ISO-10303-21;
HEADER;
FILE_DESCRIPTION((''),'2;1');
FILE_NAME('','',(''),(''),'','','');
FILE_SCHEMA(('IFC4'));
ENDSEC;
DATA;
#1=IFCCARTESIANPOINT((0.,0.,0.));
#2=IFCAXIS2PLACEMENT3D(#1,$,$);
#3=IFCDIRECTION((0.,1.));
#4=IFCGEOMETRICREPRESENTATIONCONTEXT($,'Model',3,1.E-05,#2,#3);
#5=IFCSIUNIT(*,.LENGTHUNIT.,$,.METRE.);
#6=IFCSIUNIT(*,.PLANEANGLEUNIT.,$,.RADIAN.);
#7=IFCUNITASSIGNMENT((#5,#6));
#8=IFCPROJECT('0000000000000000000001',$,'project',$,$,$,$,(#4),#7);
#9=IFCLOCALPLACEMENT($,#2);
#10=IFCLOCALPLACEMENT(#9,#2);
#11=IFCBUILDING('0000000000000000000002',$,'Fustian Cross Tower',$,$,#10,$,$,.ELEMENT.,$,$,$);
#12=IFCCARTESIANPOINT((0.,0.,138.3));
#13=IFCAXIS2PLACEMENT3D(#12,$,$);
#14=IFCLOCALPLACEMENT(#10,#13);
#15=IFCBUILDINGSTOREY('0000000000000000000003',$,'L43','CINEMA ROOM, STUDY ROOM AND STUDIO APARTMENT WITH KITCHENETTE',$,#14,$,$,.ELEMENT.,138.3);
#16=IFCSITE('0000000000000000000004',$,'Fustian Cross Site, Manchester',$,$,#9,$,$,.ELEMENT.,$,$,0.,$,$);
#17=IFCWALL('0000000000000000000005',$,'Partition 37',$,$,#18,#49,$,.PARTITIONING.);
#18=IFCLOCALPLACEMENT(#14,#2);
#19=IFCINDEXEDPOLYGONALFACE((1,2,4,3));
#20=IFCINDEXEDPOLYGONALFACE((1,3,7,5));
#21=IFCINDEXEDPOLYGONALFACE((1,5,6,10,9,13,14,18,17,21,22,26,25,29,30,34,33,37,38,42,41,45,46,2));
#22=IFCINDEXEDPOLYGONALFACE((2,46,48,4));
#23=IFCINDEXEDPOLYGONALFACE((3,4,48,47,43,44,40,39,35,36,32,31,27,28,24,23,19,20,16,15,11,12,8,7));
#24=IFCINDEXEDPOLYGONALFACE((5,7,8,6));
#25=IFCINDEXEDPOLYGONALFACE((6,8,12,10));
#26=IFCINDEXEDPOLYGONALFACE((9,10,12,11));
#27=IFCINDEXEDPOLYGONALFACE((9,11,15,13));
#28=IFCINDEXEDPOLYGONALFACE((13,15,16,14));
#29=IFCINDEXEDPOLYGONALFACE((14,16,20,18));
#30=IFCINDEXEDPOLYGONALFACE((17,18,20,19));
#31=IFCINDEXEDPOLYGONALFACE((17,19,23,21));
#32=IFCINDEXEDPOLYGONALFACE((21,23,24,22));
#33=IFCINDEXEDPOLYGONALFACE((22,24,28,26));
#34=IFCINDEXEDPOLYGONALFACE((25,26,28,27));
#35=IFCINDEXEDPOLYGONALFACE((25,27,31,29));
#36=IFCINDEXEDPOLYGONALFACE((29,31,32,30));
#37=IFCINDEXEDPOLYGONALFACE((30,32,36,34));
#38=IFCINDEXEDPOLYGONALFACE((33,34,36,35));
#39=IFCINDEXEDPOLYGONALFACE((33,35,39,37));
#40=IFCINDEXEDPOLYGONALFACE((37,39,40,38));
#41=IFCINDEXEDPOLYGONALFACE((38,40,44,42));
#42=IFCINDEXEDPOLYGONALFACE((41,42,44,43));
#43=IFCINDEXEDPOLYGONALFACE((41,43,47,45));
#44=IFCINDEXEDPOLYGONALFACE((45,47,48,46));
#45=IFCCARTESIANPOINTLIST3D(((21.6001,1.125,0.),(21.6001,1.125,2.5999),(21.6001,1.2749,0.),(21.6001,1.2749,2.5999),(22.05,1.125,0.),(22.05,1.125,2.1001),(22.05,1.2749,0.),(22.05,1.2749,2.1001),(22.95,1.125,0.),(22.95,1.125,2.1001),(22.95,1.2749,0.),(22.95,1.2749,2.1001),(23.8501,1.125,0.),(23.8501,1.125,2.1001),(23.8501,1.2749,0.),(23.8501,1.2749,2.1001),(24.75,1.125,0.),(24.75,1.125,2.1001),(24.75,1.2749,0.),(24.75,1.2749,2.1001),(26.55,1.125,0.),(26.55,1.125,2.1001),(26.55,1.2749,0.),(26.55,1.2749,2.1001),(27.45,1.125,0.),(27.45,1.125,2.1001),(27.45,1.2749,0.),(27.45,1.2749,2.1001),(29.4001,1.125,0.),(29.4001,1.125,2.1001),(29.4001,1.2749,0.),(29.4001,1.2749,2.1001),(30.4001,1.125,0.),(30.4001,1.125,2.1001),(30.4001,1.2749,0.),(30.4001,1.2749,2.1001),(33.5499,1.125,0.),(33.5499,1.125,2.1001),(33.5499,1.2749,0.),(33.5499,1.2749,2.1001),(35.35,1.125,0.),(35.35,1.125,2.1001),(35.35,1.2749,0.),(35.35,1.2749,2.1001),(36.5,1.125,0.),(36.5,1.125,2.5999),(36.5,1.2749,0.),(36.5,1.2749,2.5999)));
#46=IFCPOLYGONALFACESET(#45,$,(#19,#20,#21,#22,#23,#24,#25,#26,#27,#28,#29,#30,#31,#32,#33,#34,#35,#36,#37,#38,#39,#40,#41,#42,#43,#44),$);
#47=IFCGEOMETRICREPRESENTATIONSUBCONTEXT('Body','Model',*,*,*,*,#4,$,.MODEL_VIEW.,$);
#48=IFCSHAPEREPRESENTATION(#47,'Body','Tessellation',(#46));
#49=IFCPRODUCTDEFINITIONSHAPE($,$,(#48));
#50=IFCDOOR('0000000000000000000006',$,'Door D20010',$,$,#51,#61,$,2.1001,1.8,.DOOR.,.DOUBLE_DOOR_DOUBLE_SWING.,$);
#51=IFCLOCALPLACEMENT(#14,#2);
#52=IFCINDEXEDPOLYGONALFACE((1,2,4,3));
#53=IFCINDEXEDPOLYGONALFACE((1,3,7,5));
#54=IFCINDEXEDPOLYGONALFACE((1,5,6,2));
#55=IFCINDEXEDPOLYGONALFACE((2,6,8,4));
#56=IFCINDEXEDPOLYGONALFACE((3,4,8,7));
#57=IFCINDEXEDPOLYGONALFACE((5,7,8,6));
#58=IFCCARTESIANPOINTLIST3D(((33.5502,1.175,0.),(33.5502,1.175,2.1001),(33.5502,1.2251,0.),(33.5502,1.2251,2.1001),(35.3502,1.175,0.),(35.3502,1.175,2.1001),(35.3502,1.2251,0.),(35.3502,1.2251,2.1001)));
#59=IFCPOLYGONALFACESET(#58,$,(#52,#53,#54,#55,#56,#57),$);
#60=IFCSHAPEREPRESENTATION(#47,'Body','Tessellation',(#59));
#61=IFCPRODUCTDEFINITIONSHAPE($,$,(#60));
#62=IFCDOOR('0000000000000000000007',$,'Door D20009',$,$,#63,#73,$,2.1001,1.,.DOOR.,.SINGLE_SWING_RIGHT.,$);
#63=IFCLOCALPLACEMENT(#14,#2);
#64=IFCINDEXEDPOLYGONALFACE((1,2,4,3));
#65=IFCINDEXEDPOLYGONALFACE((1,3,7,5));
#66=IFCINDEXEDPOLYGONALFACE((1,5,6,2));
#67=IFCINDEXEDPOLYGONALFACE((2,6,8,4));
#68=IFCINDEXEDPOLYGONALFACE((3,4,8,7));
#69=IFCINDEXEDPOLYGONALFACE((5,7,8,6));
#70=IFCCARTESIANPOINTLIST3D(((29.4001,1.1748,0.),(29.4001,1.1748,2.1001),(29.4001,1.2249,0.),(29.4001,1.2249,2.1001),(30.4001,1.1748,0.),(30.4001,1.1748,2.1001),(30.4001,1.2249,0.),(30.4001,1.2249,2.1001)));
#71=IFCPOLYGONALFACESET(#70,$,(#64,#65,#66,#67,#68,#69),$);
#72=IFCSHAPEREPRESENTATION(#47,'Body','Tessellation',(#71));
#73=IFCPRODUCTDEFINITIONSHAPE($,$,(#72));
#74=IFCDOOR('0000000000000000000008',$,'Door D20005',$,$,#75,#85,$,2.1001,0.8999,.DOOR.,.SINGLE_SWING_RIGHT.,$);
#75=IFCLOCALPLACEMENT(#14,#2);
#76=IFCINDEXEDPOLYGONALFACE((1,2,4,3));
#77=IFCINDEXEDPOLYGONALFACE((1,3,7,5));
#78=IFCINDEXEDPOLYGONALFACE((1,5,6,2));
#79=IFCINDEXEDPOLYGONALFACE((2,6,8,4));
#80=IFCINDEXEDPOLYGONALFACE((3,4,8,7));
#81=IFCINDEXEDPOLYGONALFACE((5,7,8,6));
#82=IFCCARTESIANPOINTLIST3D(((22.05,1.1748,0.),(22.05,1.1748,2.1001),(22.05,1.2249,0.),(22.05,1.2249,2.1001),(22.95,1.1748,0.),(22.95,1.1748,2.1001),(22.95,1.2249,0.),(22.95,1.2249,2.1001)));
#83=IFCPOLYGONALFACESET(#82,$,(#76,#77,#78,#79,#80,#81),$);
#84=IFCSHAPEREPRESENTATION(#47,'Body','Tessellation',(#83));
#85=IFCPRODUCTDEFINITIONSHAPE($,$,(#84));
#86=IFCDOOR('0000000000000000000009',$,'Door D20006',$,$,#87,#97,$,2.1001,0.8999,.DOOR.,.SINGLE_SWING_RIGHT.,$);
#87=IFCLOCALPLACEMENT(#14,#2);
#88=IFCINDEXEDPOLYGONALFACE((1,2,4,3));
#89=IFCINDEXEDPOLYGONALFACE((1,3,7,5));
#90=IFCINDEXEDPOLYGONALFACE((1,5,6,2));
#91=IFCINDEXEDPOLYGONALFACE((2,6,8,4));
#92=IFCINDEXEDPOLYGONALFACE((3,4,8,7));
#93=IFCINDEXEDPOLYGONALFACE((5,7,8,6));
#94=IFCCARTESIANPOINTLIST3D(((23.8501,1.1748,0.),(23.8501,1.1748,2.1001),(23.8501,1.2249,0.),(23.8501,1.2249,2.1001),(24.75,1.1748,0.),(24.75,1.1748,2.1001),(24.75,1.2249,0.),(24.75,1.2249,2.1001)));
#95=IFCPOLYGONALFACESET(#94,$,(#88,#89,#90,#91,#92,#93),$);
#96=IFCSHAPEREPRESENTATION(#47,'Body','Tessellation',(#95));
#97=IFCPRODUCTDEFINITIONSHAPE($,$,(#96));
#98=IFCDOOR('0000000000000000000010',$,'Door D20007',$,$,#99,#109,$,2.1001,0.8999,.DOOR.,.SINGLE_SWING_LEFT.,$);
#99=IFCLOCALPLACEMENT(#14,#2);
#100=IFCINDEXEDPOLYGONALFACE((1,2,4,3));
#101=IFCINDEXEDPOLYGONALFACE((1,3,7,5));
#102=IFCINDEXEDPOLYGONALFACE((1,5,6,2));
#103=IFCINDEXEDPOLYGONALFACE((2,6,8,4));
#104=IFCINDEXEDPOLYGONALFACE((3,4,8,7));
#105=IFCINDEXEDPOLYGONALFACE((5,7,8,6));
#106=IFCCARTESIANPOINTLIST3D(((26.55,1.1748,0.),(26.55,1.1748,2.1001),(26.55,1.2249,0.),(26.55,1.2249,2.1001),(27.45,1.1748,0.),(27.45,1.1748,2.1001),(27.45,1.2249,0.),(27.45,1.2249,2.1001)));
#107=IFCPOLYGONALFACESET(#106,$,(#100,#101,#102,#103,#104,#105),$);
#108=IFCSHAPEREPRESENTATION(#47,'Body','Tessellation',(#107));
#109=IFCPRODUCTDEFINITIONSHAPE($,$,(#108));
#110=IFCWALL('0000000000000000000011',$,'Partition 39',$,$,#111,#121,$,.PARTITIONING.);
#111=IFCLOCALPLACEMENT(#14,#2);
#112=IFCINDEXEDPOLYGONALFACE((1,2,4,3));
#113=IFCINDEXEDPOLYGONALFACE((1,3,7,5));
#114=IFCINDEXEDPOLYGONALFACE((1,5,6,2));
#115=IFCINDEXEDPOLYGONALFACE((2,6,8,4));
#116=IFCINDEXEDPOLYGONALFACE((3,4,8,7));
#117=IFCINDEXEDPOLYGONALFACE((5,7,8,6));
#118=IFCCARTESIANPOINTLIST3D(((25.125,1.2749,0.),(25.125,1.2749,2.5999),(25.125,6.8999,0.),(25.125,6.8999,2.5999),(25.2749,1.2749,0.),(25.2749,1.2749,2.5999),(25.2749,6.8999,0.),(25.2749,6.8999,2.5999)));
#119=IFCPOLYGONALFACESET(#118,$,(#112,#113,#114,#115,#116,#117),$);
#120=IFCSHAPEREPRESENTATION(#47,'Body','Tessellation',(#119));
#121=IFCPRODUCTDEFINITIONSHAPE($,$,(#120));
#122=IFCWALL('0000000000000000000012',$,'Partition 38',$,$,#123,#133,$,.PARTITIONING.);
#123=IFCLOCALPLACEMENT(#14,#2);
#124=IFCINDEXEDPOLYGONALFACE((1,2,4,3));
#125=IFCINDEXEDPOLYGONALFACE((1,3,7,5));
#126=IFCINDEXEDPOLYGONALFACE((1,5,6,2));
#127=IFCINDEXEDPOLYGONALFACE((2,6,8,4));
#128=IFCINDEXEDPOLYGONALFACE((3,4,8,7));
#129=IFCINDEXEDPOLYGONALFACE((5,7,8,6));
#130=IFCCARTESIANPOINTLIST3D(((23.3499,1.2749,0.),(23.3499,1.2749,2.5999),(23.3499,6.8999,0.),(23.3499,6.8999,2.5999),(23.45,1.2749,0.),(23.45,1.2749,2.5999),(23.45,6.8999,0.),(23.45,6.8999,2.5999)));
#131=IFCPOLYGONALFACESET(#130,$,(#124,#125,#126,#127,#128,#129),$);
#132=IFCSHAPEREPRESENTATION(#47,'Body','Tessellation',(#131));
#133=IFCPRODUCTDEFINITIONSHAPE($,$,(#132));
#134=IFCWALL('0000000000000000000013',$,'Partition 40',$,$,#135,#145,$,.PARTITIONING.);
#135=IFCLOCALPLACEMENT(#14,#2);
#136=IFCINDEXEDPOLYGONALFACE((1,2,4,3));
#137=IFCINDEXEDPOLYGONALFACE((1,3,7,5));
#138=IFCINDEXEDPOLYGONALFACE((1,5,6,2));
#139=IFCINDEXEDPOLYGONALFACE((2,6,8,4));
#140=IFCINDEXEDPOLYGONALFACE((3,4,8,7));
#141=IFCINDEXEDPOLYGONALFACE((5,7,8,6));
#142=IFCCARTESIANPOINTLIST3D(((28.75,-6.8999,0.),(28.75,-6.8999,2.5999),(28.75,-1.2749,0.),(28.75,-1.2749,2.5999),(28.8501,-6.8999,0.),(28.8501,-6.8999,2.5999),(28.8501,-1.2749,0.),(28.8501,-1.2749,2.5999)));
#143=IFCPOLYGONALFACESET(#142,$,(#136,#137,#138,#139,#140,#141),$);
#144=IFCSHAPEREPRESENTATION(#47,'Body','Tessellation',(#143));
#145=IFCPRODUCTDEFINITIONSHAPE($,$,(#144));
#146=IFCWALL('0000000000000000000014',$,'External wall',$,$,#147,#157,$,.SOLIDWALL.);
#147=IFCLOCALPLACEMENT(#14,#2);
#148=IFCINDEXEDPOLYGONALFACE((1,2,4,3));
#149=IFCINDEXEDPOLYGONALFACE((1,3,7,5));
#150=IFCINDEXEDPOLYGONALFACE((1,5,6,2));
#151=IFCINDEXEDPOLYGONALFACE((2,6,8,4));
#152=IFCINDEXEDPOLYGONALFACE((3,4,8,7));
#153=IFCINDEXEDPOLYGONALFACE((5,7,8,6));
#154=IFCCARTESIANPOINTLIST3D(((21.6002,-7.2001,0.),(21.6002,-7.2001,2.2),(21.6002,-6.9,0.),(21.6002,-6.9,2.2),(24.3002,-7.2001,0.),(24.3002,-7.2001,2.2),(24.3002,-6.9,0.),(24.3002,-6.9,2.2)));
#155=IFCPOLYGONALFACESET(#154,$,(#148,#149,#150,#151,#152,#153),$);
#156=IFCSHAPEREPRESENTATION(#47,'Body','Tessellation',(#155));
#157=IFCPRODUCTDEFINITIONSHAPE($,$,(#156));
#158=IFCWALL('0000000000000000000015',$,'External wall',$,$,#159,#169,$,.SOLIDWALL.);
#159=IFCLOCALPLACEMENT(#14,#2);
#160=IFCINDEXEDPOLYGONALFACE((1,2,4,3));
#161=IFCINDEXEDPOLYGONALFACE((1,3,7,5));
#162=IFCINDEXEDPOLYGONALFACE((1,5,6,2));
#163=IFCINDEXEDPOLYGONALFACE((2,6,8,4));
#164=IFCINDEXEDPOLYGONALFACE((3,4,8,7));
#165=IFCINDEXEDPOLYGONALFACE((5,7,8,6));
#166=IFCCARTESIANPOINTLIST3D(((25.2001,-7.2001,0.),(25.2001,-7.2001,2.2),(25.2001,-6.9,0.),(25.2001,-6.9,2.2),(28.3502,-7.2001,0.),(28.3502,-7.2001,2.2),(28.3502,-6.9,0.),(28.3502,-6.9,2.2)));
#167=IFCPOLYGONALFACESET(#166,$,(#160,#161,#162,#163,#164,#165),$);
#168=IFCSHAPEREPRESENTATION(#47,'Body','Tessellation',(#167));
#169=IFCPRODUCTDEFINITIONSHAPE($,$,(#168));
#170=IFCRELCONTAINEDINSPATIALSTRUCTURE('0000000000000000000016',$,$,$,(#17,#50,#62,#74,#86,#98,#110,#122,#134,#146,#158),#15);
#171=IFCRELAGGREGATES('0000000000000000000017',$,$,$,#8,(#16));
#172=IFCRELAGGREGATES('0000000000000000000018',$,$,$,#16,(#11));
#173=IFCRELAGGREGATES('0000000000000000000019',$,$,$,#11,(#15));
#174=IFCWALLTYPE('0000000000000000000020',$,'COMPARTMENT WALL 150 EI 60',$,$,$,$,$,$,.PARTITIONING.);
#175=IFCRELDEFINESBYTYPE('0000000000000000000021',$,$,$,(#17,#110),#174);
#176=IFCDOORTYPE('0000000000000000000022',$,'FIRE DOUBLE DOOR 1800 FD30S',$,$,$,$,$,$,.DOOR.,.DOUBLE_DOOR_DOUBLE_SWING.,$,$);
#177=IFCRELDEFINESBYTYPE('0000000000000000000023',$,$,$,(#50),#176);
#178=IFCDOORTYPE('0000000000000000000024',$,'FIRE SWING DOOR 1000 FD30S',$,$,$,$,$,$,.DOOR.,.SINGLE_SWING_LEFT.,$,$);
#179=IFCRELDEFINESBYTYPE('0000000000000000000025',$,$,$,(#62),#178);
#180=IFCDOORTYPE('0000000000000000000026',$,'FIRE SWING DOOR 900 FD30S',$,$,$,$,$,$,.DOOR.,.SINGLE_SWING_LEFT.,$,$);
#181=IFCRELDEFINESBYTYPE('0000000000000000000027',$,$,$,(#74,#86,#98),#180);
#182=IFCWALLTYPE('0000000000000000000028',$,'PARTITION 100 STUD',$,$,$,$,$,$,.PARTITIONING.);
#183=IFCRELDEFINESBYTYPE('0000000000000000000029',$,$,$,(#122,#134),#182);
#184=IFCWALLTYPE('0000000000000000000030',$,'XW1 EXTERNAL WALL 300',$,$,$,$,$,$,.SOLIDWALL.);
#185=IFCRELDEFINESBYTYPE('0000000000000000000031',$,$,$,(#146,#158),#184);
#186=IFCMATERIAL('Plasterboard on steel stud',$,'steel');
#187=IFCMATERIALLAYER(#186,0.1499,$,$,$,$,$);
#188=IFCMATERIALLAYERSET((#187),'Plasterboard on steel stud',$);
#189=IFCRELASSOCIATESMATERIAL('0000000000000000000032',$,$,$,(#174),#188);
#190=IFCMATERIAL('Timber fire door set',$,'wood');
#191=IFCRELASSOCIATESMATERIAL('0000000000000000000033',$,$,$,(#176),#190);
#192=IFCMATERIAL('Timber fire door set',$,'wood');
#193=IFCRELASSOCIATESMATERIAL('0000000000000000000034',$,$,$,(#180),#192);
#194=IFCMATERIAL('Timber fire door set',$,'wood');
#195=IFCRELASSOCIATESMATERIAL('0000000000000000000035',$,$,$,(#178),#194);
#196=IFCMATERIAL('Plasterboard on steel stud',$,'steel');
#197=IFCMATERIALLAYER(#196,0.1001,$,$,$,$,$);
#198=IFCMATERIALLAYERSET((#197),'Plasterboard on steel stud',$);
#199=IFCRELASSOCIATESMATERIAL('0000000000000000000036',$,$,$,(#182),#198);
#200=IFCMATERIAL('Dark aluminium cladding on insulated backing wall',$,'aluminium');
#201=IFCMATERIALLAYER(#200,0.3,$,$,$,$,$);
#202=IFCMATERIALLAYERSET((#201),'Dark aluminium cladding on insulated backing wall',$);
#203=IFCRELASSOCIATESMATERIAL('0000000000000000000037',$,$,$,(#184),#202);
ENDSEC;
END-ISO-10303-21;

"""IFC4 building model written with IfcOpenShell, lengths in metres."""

from ifc_helpers import new_model, si_unit, direction, frame, frame_2d, origin, place, context, subcontext, project, spatial, rectangle, extrude, material, layer, layer_set, type_object, element, fill, save


model = new_model("IFC4")

# Units and contexts
model_context = context("Model", 3, precision=1e-05, world=origin(), true_north=direction((0.0, 1.0)))
body_context = subcontext(model_context, "Body", "Model", "MODEL_VIEW")
ifc_project = project(units=[si_unit("LENGTHUNIT", "METRE"), si_unit("PLANEANGLEUNIT", "RADIAN")], contexts=[model_context])

# Site, building, storey
site_placement = place(None, origin())
site = spatial("IfcSite", under=ifc_project, at=site_placement, Name="Fustian Cross Site, Manchester", CompositionType="ELEMENT", RefElevation=0.0)
building_placement = place(site_placement, origin())
building = spatial("IfcBuilding", under=site, at=building_placement, Name="Fustian Cross Tower", CompositionType="ELEMENT")
storey_placement = place(building_placement, frame((0.0, 0.0, 138.3)))
storey = spatial("IfcBuildingStorey", under=building, at=storey_placement, Name="L43", Description="CINEMA ROOM, STUDY ROOM AND STUDIO APARTMENT WITH KITCHENETTE", CompositionType="ELEMENT", Elevation=138.3)

# Wall, openings, doors
ifc_material_1 = material(Name="Plasterboard on steel stud", Category="steel")
ifc_layer_1 = layer(ifc_material_1, 0.1499)
ifc_layer_set_1 = layer_set([ifc_layer_1], Name="Plasterboard on steel stud")
wall_type_1 = type_object("IfcWallType", Name="COMPARTMENT WALL 150 EI 60", PredefinedType="PARTITIONING", material=ifc_layer_set_1)
ifc_material_2 = material(Name="Timber fire door set", Category="wood")
door_type_1 = type_object("IfcDoorType", Name="FIRE DOUBLE DOOR 1800 FD30S", OperationType="DOUBLE_DOOR_DOUBLE_SWING", PredefinedType="DOOR", material=ifc_material_2)
ifc_material_3 = material(Name="Timber fire door set", Category="wood")
door_type_2 = type_object("IfcDoorType", Name="FIRE SWING DOOR 900 FD30S", OperationType="SINGLE_SWING_LEFT", PredefinedType="DOOR", material=ifc_material_3)
wall_1_placement = place(storey_placement, frame((21.6001, 1.2, 0.0), z_axis=(0.0, 0.0, 1.0), x_axis=(1.0, 0.0, 0.0)))
wall_1 = element("IfcWall", 1, at=wall_1_placement, inside=storey, type_object=wall_type_1, Name="Partition 37", PredefinedType="PARTITIONING", context=body_context, shape_type="SweptSolid", body=[
    extrude(rectangle(XDim=14.8999, YDim=0.1499, at=frame_2d((7.45, 0.0))), origin(), (0.0, 0.0, 1.0), 2.5999),
])
opening_1_placement = place(wall_1_placement, frame((0.45, 0.0, 0.0)))
opening_1 = element("IfcOpeningElement", 2, at=opening_1_placement, cuts=wall_1, PredefinedType="OPENING", context=body_context, shape_type="SweptSolid", body=[
    extrude(rectangle(XDim=0.8999, YDim=2.1001, at=frame_2d((0.45, 1.05))), frame((0.0, 0.085, 0.0), z_axis=(0.0, -1.0, 0.0), x_axis=(1.0, 0.0, 0.0)), (0.0, 0.0, 1.0), 0.1699),
])
opening_2_placement = place(wall_1_placement, frame((2.25, 0.0, 0.0)))
opening_2 = element("IfcOpeningElement", 3, at=opening_2_placement, cuts=wall_1, PredefinedType="OPENING", context=body_context, shape_type="SweptSolid", body=[
    extrude(rectangle(XDim=0.8999, YDim=2.1001, at=frame_2d((0.45, 1.05))), frame((0.0, 0.085, 0.0), z_axis=(0.0, -1.0, 0.0), x_axis=(1.0, 0.0, 0.0)), (0.0, 0.0, 1.0), 0.1699),
])
opening_3_placement = place(wall_1_placement, frame((4.95, 0.0, 0.0)))
opening_3 = element("IfcOpeningElement", 4, at=opening_3_placement, cuts=wall_1, PredefinedType="OPENING", context=body_context, shape_type="SweptSolid", body=[
    extrude(rectangle(XDim=0.8999, YDim=2.1001, at=frame_2d((0.45, 1.05))), frame((0.0, 0.085, 0.0), z_axis=(0.0, -1.0, 0.0), x_axis=(1.0, 0.0, 0.0)), (0.0, 0.0, 1.0), 0.1699),
])
opening_4_placement = place(wall_1_placement, frame((7.8, 0.0, 0.0)))
opening_4 = element("IfcOpeningElement", 5, at=opening_4_placement, cuts=wall_1, PredefinedType="OPENING", context=body_context, shape_type="SweptSolid", body=[
    extrude(rectangle(XDim=1.0, YDim=2.1001, at=frame_2d((0.5, 1.05))), frame((0.0, 0.085, 0.0), z_axis=(0.0, -1.0, 0.0), x_axis=(1.0, 0.0, 0.0)), (0.0, 0.0, 1.0), 0.1699),
])
opening_5_placement = place(wall_1_placement, frame((11.95, 0.0, 0.0)))
opening_5 = element("IfcOpeningElement", 6, at=opening_5_placement, cuts=wall_1, PredefinedType="OPENING", context=body_context, shape_type="SweptSolid", body=[
    extrude(rectangle(XDim=1.8, YDim=2.1001, at=frame_2d((0.8999, 1.05))), frame((0.0, 0.085, 0.0), z_axis=(0.0, -1.0, 0.0), x_axis=(1.0, 0.0, 0.0)), (0.0, 0.0, 1.0), 0.1699),
])
door_1_placement = place(opening_5_placement, frame((1.8, 0.0, 0.0), z_axis=(0.0, 0.0, 1.0), x_axis=(-1.0, 0.0, 0.0)))
door_1 = element("IfcDoor", 7, at=door_1_placement, inside=storey, type_object=door_type_1, Name="Door D20010", OperationType="DOUBLE_DOOR_DOUBLE_SWING", OverallHeight=2.1001, OverallWidth=1.8, PredefinedType="DOOR", context=body_context, shape_type="SweptSolid", body=[
    extrude(rectangle(XDim=1.8, YDim=2.1001, at=frame_2d((0.8999, 1.05))), frame((0.0, 0.0249, 0.0), z_axis=(0.0, -1.0, 0.0), x_axis=(1.0, 0.0, 0.0)), (0.0, 0.0, 1.0), 0.05),
])
fill(opening_5, door_1)
ifc_material_4 = material(Name="Timber fire door set", Category="wood")
door_type_3 = type_object("IfcDoorType", Name="FIRE SWING DOOR 1000 FD30S", OperationType="SINGLE_SWING_LEFT", PredefinedType="DOOR", material=ifc_material_4)
door_2_placement = place(opening_4_placement, origin())
door_2 = element("IfcDoor", 8, at=door_2_placement, inside=storey, type_object=door_type_3, Name="Door D20009", OperationType="SINGLE_SWING_RIGHT", OverallHeight=2.1001, OverallWidth=1.0, PredefinedType="DOOR", context=body_context, shape_type="SweptSolid", body=[
    extrude(rectangle(XDim=1.0, YDim=2.1001, at=frame_2d((0.5, 1.05))), frame((0.0, 0.0249, 0.0), z_axis=(0.0, -1.0, 0.0), x_axis=(1.0, 0.0, 0.0)), (0.0, 0.0, 1.0), 0.05),
])
fill(opening_4, door_2)
door_3_placement = place(opening_1_placement, origin())
door_3 = element("IfcDoor", 9, at=door_3_placement, inside=storey, type_object=door_type_2, Name="Door D20005", OperationType="SINGLE_SWING_RIGHT", OverallHeight=2.1001, OverallWidth=0.8999, PredefinedType="DOOR", context=body_context, shape_type="SweptSolid", body=[
    extrude(rectangle(XDim=0.8999, YDim=2.1001, at=frame_2d((0.45, 1.05))), frame((0.0, 0.0249, 0.0), z_axis=(0.0, -1.0, 0.0), x_axis=(1.0, 0.0, 0.0)), (0.0, 0.0, 1.0), 0.05),
])
fill(opening_1, door_3)
door_4_placement = place(opening_2_placement, origin())
door_4 = element("IfcDoor", 10, at=door_4_placement, inside=storey, type_object=door_type_2, Name="Door D20006", OperationType="SINGLE_SWING_RIGHT", OverallHeight=2.1001, OverallWidth=0.8999, PredefinedType="DOOR", context=body_context, shape_type="SweptSolid", body=[
    extrude(rectangle(XDim=0.8999, YDim=2.1001, at=frame_2d((0.45, 1.05))), frame((0.0, 0.0249, 0.0), z_axis=(0.0, -1.0, 0.0), x_axis=(1.0, 0.0, 0.0)), (0.0, 0.0, 1.0), 0.05),
])
fill(opening_2, door_4)
door_5_placement = place(opening_3_placement, origin())
door_5 = element("IfcDoor", 11, at=door_5_placement, inside=storey, type_object=door_type_2, Name="Door D20007", OperationType="SINGLE_SWING_LEFT", OverallHeight=2.1001, OverallWidth=0.8999, PredefinedType="DOOR", context=body_context, shape_type="SweptSolid", body=[
    extrude(rectangle(XDim=0.8999, YDim=2.1001, at=frame_2d((0.45, 1.05))), frame((0.0, 0.0249, 0.0), z_axis=(0.0, -1.0, 0.0), x_axis=(1.0, 0.0, 0.0)), (0.0, 0.0, 1.0), 0.05),
])
fill(opening_3, door_5)

# Walls
wall_2_placement = place(storey_placement, frame((25.2, 1.2749, 0.0), z_axis=(0.0, 0.0, 1.0), x_axis=(0.0, 1.0, 0.0)))
element("IfcWall", 12, at=wall_2_placement, inside=storey, type_object=wall_type_1, Name="Partition 39", PredefinedType="PARTITIONING", context=body_context, shape_type="SweptSolid", body=[
    extrude(rectangle(XDim=5.625, YDim=0.1499, at=frame_2d((2.8125, 0.0))), origin(), (0.0, 0.0, 1.0), 2.5999),
])
ifc_material_5 = material(Name="Plasterboard on steel stud", Category="steel")
ifc_layer_2 = layer(ifc_material_5, 0.1001)
ifc_layer_set_2 = layer_set([ifc_layer_2], Name="Plasterboard on steel stud")
wall_type_2 = type_object("IfcWallType", Name="PARTITION 100 STUD", PredefinedType="PARTITIONING", material=ifc_layer_set_2)
for number, where, z_axis, x_axis, name in (
    (13, (23.3999, 1.2749, 0.0), (0.0, 0.0, 1.0), (0.0, 1.0, 0.0), "Partition 38"),
    (14, (28.8, -6.8999, 0.0), (0.0, 0.0, 1.0), (0.0, 1.0, 0.0), "Partition 40"),
):
    element("IfcWall", number, at=place(storey_placement, frame(where, z_axis=z_axis, x_axis=x_axis)), inside=storey, type_object=wall_type_2, Name=name, PredefinedType="PARTITIONING", context=body_context, shape_type="SweptSolid", body=[
        extrude(rectangle(XDim=5.625, YDim=0.1001, at=frame_2d((2.8125, 0.0))), origin(), (0.0, 0.0, 1.0), 2.5999),
    ])
ifc_material_6 = material(Name="Dark aluminium cladding on insulated backing wall", Category="aluminium")
ifc_layer_3 = layer(ifc_material_6, 0.3)
ifc_layer_set_3 = layer_set([ifc_layer_3], Name="Dark aluminium cladding on insulated backing wall")
wall_type_3 = type_object("IfcWallType", Name="XW1 EXTERNAL WALL 300", PredefinedType="SOLIDWALL", material=ifc_layer_set_3)
wall_3_placement = place(storey_placement, frame((21.6001, -7.05, 0.0), z_axis=(0.0, 0.0, 1.0), x_axis=(1.0, 0.0, 0.0)))
element("IfcWall", 15, at=wall_3_placement, inside=storey, type_object=wall_type_3, Name="External wall", PredefinedType="SOLIDWALL", context=body_context, shape_type="SweptSolid", body=[
    extrude(rectangle(XDim=2.7, YDim=0.3, at=frame_2d((1.3501, 0.0))), origin(), (0.0, 0.0, 1.0), 2.2),
])
wall_4_placement = place(storey_placement, frame((25.2, -7.05, 0.0), z_axis=(0.0, 0.0, 1.0), x_axis=(1.0, 0.0, 0.0)))
element("IfcWall", 16, at=wall_4_placement, inside=storey, type_object=wall_type_3, Name="External wall", PredefinedType="SOLIDWALL", context=body_context, shape_type="SweptSolid", body=[
    extrude(rectangle(XDim=3.1501, YDim=0.3, at=frame_2d((1.5752, 0.0))), origin(), (0.0, 0.0, 1.0), 2.2),
])

save(model, "model.ifc")
